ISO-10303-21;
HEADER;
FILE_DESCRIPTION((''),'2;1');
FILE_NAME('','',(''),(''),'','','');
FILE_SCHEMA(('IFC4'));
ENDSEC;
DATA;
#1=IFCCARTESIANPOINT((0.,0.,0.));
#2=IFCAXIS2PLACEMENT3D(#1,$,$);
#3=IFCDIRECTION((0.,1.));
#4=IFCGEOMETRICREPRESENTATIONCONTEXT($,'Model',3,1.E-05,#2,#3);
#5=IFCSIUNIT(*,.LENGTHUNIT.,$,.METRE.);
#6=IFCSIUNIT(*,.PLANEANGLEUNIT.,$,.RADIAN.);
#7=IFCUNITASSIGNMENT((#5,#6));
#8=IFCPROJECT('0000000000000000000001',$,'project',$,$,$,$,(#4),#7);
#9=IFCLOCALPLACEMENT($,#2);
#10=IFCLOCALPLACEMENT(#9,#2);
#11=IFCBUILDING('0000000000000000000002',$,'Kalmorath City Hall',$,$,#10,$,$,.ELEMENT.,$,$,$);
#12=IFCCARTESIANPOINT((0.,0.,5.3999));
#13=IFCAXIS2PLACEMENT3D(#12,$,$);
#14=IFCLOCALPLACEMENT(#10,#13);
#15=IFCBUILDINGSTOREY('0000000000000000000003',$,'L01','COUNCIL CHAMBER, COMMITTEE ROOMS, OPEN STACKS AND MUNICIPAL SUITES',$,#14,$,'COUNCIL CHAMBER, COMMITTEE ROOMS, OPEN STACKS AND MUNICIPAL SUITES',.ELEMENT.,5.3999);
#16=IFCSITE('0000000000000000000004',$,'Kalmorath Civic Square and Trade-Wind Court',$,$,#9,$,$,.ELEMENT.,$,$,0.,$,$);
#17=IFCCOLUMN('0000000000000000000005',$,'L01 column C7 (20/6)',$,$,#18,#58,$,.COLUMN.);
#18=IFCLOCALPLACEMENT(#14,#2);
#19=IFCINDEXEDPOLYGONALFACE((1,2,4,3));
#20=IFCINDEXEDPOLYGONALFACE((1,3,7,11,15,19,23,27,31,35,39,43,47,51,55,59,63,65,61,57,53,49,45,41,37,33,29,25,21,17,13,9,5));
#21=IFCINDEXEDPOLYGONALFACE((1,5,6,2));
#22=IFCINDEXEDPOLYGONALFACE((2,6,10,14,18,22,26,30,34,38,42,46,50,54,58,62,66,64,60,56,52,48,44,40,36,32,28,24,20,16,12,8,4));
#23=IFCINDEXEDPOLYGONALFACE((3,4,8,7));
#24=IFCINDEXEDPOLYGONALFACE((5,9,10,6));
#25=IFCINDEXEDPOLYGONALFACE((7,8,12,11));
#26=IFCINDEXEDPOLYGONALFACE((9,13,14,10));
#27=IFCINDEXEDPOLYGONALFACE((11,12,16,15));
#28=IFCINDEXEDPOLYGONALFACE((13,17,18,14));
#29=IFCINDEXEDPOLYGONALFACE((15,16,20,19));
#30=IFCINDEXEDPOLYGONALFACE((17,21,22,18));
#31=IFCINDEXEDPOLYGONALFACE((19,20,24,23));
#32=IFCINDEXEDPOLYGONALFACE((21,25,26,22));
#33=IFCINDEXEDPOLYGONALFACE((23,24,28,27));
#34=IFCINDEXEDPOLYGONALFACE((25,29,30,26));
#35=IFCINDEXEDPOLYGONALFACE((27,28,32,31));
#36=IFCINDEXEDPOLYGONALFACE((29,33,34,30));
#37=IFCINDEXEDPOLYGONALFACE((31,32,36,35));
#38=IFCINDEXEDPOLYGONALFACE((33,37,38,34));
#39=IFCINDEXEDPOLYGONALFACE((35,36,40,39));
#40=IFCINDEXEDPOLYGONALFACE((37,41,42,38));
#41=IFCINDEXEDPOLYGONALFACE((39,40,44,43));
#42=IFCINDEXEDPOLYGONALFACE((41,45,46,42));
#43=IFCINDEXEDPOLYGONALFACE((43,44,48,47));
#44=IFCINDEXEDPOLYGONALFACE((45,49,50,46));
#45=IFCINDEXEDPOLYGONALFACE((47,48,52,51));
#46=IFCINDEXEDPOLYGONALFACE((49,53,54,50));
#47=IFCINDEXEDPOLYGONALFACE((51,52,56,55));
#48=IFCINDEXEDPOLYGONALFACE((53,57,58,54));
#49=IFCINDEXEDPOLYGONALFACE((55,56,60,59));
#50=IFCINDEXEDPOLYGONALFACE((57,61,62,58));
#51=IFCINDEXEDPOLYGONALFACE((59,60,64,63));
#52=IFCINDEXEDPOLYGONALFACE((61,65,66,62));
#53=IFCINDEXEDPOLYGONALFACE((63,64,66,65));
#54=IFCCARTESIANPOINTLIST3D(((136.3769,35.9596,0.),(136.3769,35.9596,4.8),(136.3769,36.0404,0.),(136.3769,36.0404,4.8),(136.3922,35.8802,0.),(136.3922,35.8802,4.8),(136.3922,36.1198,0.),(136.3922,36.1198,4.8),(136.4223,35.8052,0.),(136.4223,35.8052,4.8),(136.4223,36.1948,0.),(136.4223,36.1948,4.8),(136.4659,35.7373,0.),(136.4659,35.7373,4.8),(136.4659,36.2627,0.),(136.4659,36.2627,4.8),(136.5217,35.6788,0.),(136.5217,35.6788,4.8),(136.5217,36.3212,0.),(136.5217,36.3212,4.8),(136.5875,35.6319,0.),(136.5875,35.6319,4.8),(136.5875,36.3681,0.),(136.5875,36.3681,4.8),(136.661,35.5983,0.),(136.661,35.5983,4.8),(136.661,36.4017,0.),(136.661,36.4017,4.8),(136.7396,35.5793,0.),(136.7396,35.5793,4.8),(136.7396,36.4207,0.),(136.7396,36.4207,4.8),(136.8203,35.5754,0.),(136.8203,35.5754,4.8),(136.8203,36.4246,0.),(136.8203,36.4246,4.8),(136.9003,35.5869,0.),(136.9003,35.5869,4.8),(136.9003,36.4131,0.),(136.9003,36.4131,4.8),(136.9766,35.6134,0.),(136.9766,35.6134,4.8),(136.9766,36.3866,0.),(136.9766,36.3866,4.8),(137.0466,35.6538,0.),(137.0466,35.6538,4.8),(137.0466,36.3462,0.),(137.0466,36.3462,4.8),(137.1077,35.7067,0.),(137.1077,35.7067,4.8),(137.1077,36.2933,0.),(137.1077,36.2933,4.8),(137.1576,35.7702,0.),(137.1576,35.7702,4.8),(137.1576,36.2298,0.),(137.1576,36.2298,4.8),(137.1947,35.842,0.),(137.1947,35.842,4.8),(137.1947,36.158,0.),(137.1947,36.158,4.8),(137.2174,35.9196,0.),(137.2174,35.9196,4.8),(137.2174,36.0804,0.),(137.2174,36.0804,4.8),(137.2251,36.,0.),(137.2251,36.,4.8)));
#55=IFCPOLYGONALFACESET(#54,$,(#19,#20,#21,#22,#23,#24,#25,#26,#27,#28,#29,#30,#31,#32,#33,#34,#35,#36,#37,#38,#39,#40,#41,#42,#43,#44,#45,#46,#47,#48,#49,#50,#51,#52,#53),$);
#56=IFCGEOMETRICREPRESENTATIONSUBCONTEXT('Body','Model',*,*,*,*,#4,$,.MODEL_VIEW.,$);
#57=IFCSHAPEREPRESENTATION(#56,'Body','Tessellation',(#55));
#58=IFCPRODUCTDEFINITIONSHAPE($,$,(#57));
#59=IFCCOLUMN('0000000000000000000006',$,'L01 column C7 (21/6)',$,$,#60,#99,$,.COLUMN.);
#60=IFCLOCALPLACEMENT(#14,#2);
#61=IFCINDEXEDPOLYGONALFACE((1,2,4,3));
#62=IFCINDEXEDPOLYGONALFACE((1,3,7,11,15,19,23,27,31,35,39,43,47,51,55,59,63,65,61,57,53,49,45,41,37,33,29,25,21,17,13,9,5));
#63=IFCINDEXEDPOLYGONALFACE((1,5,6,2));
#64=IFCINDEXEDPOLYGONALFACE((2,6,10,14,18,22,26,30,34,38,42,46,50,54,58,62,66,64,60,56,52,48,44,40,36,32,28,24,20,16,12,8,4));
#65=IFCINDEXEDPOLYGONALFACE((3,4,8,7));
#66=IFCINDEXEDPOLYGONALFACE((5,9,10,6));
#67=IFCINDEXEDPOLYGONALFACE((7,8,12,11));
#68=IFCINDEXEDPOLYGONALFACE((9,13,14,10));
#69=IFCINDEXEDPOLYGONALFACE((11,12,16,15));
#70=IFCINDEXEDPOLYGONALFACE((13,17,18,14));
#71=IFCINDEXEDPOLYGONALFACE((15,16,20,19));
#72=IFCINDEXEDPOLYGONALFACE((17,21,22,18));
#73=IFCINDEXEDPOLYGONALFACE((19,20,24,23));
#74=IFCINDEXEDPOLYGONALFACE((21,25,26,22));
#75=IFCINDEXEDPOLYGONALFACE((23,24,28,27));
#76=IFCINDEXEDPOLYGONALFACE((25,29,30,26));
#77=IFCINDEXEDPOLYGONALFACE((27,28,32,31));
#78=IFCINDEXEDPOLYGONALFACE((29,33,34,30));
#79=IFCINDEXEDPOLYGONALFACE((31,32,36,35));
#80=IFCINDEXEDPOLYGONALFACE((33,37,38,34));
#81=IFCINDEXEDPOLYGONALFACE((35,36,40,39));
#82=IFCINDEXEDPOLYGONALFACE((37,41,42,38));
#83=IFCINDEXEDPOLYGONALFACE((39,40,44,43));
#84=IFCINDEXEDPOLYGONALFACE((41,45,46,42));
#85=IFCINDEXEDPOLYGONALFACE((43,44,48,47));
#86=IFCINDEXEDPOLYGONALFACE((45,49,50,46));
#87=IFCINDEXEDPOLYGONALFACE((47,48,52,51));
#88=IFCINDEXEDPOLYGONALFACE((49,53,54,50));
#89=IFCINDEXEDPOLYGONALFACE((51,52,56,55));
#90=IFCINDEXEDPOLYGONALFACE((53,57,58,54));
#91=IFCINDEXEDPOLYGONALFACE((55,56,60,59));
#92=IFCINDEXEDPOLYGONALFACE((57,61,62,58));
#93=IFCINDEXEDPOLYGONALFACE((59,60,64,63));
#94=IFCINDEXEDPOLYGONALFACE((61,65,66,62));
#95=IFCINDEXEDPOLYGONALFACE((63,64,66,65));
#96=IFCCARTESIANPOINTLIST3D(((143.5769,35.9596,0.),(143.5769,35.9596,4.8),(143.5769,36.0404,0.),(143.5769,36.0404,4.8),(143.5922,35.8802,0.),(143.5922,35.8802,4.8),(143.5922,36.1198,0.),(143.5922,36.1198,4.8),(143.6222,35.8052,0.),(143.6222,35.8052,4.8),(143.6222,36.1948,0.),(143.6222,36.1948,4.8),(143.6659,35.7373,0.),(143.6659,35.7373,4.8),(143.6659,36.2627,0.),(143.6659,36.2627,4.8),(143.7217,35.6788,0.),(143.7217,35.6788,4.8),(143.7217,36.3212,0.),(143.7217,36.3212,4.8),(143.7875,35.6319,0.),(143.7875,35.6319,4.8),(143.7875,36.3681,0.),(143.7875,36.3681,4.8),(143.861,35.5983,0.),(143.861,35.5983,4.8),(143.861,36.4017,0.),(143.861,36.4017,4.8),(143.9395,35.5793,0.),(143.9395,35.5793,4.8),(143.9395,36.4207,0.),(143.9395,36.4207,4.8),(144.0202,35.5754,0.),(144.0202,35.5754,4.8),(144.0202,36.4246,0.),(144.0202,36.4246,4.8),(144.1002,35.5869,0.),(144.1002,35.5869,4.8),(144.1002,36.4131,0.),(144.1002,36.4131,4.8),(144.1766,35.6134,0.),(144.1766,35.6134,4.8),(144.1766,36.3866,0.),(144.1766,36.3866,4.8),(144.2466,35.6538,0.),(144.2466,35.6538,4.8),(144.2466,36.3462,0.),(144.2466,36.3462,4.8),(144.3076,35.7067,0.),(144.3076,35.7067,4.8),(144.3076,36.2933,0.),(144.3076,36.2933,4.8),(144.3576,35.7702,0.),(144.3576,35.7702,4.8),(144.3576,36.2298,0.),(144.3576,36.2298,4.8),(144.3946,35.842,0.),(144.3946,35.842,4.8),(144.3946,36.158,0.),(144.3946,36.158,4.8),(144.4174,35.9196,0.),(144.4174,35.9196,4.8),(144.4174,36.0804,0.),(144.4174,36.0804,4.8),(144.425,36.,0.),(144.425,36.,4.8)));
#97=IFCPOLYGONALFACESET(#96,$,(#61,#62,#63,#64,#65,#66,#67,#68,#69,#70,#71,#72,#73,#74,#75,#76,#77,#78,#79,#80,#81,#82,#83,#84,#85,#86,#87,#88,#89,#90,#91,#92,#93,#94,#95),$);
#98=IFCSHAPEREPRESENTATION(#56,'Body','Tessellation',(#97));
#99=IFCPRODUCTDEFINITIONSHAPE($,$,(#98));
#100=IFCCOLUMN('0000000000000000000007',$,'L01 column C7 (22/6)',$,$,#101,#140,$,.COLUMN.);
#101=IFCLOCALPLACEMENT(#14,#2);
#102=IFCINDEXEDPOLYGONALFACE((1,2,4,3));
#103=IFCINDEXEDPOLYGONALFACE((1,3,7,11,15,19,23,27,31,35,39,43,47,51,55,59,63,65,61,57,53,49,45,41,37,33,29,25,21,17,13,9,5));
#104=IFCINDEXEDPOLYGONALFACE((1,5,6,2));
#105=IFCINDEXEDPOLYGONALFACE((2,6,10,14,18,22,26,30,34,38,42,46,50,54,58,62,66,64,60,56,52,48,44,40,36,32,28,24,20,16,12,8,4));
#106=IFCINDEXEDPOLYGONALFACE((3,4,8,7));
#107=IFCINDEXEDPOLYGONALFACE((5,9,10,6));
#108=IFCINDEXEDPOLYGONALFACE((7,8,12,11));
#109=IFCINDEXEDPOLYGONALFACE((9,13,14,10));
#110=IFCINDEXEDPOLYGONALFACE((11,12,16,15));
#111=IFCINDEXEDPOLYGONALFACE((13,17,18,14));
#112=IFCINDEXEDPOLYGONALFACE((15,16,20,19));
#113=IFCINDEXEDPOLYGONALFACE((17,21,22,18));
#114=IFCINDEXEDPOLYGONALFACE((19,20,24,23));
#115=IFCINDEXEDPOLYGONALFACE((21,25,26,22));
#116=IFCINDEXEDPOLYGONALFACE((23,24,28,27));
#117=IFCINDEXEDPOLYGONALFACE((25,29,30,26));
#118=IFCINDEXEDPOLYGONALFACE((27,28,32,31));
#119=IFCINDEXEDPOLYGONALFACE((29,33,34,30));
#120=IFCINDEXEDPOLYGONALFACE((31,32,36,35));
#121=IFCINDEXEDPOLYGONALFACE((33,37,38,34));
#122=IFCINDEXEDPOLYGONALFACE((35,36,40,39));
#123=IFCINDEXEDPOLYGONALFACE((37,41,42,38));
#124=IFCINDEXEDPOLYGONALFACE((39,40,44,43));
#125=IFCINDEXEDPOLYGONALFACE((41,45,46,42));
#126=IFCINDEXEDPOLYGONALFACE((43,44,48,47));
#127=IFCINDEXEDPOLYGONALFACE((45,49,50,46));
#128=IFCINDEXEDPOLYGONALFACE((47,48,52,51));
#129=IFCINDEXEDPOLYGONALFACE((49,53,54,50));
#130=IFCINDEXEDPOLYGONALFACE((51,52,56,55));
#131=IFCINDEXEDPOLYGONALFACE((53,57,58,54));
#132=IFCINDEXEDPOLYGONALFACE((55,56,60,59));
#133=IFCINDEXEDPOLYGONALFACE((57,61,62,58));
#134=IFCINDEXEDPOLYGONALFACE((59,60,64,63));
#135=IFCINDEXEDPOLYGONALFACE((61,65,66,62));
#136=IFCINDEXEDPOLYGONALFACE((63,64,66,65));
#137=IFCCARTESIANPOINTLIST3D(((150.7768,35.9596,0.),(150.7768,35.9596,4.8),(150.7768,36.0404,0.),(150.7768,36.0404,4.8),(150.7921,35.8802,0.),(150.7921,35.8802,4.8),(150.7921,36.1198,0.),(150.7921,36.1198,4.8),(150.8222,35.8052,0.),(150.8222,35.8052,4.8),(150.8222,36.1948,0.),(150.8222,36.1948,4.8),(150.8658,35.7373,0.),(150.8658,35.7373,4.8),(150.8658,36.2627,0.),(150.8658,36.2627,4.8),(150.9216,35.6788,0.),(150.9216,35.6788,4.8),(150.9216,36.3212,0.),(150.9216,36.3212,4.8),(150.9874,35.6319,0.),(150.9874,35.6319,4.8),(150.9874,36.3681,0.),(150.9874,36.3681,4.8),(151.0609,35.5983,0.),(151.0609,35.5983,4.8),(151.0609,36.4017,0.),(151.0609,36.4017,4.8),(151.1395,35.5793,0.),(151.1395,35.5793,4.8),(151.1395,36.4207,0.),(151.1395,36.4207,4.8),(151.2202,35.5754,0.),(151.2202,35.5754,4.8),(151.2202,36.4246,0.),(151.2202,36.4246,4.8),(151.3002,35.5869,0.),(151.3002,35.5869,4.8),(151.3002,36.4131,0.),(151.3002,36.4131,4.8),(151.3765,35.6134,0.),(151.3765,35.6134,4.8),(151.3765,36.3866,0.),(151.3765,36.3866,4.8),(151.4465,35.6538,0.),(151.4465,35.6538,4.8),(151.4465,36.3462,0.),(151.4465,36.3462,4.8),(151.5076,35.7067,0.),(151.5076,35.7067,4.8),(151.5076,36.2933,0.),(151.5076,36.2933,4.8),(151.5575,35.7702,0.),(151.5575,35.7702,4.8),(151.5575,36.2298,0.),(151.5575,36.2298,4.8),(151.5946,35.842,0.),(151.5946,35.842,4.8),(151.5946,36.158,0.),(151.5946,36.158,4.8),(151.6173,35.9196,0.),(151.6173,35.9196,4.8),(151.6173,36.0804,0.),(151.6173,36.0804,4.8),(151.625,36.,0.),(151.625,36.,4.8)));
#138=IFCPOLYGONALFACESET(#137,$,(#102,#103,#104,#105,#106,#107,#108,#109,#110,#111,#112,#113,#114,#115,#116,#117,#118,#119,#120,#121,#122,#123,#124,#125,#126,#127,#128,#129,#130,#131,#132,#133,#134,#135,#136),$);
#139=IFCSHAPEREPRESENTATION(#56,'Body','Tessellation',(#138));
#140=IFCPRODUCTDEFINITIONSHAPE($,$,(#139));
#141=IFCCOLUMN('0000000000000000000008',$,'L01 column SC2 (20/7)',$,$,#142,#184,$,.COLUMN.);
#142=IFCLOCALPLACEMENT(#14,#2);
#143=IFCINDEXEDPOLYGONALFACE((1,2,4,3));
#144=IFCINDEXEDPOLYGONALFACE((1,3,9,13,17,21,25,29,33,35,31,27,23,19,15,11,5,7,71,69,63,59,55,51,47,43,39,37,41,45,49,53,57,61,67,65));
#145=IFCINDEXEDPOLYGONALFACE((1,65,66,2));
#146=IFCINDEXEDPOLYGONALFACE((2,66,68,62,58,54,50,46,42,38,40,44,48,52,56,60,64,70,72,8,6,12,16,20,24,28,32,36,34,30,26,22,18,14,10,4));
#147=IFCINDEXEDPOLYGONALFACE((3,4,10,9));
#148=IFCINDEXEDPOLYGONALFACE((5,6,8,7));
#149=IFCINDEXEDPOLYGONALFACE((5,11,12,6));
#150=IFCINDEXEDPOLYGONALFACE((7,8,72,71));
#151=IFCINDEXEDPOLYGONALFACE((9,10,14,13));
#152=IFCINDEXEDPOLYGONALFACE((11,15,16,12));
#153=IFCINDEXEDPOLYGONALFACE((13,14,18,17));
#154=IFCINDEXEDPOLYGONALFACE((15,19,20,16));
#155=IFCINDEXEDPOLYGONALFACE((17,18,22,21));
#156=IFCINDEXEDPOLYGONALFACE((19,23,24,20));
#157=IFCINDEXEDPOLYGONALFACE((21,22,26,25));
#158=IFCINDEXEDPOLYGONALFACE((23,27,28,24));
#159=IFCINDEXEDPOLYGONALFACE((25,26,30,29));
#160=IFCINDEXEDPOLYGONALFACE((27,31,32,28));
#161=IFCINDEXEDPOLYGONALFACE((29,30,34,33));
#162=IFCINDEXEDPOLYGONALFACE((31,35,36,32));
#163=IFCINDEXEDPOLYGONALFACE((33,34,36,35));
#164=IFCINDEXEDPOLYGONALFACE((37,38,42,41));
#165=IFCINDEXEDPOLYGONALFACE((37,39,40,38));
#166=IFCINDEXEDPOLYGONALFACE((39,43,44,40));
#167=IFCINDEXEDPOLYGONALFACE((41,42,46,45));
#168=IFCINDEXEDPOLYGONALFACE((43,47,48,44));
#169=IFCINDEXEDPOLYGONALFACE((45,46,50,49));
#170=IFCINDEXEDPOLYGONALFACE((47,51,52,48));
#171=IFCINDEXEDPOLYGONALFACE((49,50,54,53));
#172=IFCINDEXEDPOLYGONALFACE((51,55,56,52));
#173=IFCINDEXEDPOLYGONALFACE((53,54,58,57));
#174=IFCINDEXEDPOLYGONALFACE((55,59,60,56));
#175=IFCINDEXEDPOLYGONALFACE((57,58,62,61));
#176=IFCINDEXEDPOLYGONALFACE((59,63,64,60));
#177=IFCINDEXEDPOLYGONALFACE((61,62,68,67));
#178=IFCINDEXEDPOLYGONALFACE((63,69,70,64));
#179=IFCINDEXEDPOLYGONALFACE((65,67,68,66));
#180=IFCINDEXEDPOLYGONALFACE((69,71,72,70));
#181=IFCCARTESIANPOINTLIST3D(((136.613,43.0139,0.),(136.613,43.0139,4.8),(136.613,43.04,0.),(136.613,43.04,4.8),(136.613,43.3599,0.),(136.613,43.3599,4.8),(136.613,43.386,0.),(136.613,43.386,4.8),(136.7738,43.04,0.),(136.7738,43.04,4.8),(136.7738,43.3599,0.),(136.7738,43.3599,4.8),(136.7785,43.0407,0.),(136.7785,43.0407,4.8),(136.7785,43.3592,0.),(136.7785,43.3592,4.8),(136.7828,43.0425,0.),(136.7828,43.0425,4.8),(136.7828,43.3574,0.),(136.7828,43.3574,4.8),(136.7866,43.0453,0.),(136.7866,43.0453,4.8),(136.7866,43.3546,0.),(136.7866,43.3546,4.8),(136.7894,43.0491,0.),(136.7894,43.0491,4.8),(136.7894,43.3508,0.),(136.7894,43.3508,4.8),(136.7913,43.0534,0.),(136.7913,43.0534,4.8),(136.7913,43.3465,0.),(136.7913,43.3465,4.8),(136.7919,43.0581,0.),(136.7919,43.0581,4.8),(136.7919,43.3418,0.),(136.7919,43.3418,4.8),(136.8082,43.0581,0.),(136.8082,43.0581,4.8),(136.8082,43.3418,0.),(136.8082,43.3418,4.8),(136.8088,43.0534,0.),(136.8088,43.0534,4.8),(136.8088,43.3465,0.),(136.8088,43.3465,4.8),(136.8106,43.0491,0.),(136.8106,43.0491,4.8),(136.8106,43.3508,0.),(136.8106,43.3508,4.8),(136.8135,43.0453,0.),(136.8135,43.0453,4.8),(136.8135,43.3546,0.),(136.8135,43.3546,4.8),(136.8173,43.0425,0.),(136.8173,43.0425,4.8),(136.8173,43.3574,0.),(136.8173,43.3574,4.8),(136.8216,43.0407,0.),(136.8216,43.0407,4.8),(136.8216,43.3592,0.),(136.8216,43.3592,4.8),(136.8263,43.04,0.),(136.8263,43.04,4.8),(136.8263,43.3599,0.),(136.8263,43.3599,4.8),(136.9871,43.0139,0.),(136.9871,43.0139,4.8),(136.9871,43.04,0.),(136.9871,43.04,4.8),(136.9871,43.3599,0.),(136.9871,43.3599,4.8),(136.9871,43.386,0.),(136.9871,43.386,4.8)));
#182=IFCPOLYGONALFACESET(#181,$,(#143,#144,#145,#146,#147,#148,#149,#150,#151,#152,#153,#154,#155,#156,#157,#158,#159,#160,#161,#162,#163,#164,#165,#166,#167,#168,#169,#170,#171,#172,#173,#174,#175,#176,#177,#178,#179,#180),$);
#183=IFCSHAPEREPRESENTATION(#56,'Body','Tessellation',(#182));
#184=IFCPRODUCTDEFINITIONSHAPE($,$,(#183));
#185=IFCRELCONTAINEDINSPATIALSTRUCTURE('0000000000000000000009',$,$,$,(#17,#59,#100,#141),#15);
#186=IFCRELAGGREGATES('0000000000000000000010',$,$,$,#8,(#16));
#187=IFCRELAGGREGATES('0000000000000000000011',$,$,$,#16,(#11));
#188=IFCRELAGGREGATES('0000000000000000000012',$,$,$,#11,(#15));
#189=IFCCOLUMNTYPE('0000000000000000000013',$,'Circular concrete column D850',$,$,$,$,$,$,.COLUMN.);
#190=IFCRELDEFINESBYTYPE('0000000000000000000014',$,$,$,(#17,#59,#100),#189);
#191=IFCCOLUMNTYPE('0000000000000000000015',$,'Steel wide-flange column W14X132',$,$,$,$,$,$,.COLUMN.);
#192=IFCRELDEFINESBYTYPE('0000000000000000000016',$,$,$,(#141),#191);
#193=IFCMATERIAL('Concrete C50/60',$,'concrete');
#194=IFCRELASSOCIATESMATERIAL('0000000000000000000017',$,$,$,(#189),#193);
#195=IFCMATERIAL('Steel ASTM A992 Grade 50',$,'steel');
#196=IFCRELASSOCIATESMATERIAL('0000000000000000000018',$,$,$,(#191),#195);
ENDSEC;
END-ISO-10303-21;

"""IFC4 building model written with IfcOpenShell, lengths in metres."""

from ifc_helpers import new_model, si_unit, direction, frame, origin, origin_2d, place, context, subcontext, project, spatial, circle, i_section, extrude, material, material_profile, profile_set, type_object, element, save


model = new_model("IFC4")

# Units and contexts
model_context = context("Model", 3, precision=1e-05, world=origin(), true_north=direction((0.0, 1.0)))
body_context = subcontext(model_context, "Body", "Model", "MODEL_VIEW")
ifc_project = project(units=[si_unit("LENGTHUNIT", "METRE"), si_unit("PLANEANGLEUNIT", "RADIAN")], contexts=[model_context])

# Site, building, storey
site_placement = place(None, origin())
site = spatial("IfcSite", under=ifc_project, at=site_placement, Name="Kalmorath Civic Square and Trade-Wind Court", CompositionType="ELEMENT", RefElevation=0.0)
building_placement = place(site_placement, origin())
building = spatial("IfcBuilding", under=site, at=building_placement, Name="Kalmorath City Hall", CompositionType="ELEMENT")
storey_placement = place(building_placement, frame((0.0, 0.0, 5.3999)))
storey = spatial("IfcBuildingStorey", under=building, at=storey_placement, Name="L01", Description="COUNCIL CHAMBER, COMMITTEE ROOMS, OPEN STACKS AND MUNICIPAL SUITES", LongName="COUNCIL CHAMBER, COMMITTEE ROOMS, OPEN STACKS AND MUNICIPAL SUITES", CompositionType="ELEMENT", Elevation=5.3999)

# Columns
ifc_material_1 = material(Name="Concrete C50/60", Category="concrete")
ifc_material_profile_1 = material_profile(ifc_material_1, circle(Radius=0.425, at=origin_2d()), Name="RC-COL-D850")
ifc_profile_set_1 = profile_set([ifc_material_profile_1], Name="Concrete C50/60")
column_type_1 = type_object("IfcColumnType", Name="Circular concrete column D850", PredefinedType="COLUMN", material=ifc_profile_set_1)
for number, where, z_axis, x_axis, name in (
    (1, (136.8, 36.0, 0.0), (0.0, 0.0, 1.0), (1.0, 0.0, 0.0), "L01 column C7 (20/6)"),
    (2, (144.0, 36.0, 0.0), (0.0, 0.0, 1.0), (1.0, 0.0, 0.0), "L01 column C7 (21/6)"),
    (3, (151.2, 36.0, 0.0), (0.0, 0.0, 1.0), (1.0, 0.0, 0.0), "L01 column C7 (22/6)"),
):
    element("IfcColumn", number, at=place(storey_placement, frame(where, z_axis=z_axis, x_axis=x_axis)), inside=storey, type_object=column_type_1, Name=name, PredefinedType="COLUMN", context=body_context, shape_type="SweptSolid", body=[
        extrude(circle(Radius=0.425, at=origin_2d()), origin(), (0.0, 0.0, 1.0), 4.8),
    ])
ifc_material_2 = material(Name="Steel ASTM A992 Grade 50", Category="steel")
ifc_material_profile_2 = material_profile(ifc_material_2, i_section(OverallWidth=0.374, OverallDepth=0.3721, WebThickness=0.0164, FlangeThickness=0.0261, FilletRadius=0.0181, at=origin_2d()), Name="W14X132")
ifc_profile_set_2 = profile_set([ifc_material_profile_2], Name="Steel ASTM A992 Grade 50")
column_type_2 = type_object("IfcColumnType", Name="Steel wide-flange column W14X132", PredefinedType="COLUMN", material=ifc_profile_set_2)
for number, where, z_axis, x_axis, name in (
    (4, (136.8, 43.2, 0.0), (0.0, 0.0, 1.0), (1.0, 0.0, 0.0), "L01 column SC2 (20/7)"),
):
    element("IfcColumn", number, at=place(storey_placement, frame(where, z_axis=z_axis, x_axis=x_axis)), inside=storey, type_object=column_type_2, Name=name, PredefinedType="COLUMN", context=body_context, shape_type="SweptSolid", body=[
        extrude(i_section(OverallWidth=0.374, OverallDepth=0.3721, WebThickness=0.0164, FlangeThickness=0.0261, FilletRadius=0.0181, at=origin_2d()), origin(), (0.0, 0.0, 1.0), 4.8),
    ])

save(model, "model.ifc")
